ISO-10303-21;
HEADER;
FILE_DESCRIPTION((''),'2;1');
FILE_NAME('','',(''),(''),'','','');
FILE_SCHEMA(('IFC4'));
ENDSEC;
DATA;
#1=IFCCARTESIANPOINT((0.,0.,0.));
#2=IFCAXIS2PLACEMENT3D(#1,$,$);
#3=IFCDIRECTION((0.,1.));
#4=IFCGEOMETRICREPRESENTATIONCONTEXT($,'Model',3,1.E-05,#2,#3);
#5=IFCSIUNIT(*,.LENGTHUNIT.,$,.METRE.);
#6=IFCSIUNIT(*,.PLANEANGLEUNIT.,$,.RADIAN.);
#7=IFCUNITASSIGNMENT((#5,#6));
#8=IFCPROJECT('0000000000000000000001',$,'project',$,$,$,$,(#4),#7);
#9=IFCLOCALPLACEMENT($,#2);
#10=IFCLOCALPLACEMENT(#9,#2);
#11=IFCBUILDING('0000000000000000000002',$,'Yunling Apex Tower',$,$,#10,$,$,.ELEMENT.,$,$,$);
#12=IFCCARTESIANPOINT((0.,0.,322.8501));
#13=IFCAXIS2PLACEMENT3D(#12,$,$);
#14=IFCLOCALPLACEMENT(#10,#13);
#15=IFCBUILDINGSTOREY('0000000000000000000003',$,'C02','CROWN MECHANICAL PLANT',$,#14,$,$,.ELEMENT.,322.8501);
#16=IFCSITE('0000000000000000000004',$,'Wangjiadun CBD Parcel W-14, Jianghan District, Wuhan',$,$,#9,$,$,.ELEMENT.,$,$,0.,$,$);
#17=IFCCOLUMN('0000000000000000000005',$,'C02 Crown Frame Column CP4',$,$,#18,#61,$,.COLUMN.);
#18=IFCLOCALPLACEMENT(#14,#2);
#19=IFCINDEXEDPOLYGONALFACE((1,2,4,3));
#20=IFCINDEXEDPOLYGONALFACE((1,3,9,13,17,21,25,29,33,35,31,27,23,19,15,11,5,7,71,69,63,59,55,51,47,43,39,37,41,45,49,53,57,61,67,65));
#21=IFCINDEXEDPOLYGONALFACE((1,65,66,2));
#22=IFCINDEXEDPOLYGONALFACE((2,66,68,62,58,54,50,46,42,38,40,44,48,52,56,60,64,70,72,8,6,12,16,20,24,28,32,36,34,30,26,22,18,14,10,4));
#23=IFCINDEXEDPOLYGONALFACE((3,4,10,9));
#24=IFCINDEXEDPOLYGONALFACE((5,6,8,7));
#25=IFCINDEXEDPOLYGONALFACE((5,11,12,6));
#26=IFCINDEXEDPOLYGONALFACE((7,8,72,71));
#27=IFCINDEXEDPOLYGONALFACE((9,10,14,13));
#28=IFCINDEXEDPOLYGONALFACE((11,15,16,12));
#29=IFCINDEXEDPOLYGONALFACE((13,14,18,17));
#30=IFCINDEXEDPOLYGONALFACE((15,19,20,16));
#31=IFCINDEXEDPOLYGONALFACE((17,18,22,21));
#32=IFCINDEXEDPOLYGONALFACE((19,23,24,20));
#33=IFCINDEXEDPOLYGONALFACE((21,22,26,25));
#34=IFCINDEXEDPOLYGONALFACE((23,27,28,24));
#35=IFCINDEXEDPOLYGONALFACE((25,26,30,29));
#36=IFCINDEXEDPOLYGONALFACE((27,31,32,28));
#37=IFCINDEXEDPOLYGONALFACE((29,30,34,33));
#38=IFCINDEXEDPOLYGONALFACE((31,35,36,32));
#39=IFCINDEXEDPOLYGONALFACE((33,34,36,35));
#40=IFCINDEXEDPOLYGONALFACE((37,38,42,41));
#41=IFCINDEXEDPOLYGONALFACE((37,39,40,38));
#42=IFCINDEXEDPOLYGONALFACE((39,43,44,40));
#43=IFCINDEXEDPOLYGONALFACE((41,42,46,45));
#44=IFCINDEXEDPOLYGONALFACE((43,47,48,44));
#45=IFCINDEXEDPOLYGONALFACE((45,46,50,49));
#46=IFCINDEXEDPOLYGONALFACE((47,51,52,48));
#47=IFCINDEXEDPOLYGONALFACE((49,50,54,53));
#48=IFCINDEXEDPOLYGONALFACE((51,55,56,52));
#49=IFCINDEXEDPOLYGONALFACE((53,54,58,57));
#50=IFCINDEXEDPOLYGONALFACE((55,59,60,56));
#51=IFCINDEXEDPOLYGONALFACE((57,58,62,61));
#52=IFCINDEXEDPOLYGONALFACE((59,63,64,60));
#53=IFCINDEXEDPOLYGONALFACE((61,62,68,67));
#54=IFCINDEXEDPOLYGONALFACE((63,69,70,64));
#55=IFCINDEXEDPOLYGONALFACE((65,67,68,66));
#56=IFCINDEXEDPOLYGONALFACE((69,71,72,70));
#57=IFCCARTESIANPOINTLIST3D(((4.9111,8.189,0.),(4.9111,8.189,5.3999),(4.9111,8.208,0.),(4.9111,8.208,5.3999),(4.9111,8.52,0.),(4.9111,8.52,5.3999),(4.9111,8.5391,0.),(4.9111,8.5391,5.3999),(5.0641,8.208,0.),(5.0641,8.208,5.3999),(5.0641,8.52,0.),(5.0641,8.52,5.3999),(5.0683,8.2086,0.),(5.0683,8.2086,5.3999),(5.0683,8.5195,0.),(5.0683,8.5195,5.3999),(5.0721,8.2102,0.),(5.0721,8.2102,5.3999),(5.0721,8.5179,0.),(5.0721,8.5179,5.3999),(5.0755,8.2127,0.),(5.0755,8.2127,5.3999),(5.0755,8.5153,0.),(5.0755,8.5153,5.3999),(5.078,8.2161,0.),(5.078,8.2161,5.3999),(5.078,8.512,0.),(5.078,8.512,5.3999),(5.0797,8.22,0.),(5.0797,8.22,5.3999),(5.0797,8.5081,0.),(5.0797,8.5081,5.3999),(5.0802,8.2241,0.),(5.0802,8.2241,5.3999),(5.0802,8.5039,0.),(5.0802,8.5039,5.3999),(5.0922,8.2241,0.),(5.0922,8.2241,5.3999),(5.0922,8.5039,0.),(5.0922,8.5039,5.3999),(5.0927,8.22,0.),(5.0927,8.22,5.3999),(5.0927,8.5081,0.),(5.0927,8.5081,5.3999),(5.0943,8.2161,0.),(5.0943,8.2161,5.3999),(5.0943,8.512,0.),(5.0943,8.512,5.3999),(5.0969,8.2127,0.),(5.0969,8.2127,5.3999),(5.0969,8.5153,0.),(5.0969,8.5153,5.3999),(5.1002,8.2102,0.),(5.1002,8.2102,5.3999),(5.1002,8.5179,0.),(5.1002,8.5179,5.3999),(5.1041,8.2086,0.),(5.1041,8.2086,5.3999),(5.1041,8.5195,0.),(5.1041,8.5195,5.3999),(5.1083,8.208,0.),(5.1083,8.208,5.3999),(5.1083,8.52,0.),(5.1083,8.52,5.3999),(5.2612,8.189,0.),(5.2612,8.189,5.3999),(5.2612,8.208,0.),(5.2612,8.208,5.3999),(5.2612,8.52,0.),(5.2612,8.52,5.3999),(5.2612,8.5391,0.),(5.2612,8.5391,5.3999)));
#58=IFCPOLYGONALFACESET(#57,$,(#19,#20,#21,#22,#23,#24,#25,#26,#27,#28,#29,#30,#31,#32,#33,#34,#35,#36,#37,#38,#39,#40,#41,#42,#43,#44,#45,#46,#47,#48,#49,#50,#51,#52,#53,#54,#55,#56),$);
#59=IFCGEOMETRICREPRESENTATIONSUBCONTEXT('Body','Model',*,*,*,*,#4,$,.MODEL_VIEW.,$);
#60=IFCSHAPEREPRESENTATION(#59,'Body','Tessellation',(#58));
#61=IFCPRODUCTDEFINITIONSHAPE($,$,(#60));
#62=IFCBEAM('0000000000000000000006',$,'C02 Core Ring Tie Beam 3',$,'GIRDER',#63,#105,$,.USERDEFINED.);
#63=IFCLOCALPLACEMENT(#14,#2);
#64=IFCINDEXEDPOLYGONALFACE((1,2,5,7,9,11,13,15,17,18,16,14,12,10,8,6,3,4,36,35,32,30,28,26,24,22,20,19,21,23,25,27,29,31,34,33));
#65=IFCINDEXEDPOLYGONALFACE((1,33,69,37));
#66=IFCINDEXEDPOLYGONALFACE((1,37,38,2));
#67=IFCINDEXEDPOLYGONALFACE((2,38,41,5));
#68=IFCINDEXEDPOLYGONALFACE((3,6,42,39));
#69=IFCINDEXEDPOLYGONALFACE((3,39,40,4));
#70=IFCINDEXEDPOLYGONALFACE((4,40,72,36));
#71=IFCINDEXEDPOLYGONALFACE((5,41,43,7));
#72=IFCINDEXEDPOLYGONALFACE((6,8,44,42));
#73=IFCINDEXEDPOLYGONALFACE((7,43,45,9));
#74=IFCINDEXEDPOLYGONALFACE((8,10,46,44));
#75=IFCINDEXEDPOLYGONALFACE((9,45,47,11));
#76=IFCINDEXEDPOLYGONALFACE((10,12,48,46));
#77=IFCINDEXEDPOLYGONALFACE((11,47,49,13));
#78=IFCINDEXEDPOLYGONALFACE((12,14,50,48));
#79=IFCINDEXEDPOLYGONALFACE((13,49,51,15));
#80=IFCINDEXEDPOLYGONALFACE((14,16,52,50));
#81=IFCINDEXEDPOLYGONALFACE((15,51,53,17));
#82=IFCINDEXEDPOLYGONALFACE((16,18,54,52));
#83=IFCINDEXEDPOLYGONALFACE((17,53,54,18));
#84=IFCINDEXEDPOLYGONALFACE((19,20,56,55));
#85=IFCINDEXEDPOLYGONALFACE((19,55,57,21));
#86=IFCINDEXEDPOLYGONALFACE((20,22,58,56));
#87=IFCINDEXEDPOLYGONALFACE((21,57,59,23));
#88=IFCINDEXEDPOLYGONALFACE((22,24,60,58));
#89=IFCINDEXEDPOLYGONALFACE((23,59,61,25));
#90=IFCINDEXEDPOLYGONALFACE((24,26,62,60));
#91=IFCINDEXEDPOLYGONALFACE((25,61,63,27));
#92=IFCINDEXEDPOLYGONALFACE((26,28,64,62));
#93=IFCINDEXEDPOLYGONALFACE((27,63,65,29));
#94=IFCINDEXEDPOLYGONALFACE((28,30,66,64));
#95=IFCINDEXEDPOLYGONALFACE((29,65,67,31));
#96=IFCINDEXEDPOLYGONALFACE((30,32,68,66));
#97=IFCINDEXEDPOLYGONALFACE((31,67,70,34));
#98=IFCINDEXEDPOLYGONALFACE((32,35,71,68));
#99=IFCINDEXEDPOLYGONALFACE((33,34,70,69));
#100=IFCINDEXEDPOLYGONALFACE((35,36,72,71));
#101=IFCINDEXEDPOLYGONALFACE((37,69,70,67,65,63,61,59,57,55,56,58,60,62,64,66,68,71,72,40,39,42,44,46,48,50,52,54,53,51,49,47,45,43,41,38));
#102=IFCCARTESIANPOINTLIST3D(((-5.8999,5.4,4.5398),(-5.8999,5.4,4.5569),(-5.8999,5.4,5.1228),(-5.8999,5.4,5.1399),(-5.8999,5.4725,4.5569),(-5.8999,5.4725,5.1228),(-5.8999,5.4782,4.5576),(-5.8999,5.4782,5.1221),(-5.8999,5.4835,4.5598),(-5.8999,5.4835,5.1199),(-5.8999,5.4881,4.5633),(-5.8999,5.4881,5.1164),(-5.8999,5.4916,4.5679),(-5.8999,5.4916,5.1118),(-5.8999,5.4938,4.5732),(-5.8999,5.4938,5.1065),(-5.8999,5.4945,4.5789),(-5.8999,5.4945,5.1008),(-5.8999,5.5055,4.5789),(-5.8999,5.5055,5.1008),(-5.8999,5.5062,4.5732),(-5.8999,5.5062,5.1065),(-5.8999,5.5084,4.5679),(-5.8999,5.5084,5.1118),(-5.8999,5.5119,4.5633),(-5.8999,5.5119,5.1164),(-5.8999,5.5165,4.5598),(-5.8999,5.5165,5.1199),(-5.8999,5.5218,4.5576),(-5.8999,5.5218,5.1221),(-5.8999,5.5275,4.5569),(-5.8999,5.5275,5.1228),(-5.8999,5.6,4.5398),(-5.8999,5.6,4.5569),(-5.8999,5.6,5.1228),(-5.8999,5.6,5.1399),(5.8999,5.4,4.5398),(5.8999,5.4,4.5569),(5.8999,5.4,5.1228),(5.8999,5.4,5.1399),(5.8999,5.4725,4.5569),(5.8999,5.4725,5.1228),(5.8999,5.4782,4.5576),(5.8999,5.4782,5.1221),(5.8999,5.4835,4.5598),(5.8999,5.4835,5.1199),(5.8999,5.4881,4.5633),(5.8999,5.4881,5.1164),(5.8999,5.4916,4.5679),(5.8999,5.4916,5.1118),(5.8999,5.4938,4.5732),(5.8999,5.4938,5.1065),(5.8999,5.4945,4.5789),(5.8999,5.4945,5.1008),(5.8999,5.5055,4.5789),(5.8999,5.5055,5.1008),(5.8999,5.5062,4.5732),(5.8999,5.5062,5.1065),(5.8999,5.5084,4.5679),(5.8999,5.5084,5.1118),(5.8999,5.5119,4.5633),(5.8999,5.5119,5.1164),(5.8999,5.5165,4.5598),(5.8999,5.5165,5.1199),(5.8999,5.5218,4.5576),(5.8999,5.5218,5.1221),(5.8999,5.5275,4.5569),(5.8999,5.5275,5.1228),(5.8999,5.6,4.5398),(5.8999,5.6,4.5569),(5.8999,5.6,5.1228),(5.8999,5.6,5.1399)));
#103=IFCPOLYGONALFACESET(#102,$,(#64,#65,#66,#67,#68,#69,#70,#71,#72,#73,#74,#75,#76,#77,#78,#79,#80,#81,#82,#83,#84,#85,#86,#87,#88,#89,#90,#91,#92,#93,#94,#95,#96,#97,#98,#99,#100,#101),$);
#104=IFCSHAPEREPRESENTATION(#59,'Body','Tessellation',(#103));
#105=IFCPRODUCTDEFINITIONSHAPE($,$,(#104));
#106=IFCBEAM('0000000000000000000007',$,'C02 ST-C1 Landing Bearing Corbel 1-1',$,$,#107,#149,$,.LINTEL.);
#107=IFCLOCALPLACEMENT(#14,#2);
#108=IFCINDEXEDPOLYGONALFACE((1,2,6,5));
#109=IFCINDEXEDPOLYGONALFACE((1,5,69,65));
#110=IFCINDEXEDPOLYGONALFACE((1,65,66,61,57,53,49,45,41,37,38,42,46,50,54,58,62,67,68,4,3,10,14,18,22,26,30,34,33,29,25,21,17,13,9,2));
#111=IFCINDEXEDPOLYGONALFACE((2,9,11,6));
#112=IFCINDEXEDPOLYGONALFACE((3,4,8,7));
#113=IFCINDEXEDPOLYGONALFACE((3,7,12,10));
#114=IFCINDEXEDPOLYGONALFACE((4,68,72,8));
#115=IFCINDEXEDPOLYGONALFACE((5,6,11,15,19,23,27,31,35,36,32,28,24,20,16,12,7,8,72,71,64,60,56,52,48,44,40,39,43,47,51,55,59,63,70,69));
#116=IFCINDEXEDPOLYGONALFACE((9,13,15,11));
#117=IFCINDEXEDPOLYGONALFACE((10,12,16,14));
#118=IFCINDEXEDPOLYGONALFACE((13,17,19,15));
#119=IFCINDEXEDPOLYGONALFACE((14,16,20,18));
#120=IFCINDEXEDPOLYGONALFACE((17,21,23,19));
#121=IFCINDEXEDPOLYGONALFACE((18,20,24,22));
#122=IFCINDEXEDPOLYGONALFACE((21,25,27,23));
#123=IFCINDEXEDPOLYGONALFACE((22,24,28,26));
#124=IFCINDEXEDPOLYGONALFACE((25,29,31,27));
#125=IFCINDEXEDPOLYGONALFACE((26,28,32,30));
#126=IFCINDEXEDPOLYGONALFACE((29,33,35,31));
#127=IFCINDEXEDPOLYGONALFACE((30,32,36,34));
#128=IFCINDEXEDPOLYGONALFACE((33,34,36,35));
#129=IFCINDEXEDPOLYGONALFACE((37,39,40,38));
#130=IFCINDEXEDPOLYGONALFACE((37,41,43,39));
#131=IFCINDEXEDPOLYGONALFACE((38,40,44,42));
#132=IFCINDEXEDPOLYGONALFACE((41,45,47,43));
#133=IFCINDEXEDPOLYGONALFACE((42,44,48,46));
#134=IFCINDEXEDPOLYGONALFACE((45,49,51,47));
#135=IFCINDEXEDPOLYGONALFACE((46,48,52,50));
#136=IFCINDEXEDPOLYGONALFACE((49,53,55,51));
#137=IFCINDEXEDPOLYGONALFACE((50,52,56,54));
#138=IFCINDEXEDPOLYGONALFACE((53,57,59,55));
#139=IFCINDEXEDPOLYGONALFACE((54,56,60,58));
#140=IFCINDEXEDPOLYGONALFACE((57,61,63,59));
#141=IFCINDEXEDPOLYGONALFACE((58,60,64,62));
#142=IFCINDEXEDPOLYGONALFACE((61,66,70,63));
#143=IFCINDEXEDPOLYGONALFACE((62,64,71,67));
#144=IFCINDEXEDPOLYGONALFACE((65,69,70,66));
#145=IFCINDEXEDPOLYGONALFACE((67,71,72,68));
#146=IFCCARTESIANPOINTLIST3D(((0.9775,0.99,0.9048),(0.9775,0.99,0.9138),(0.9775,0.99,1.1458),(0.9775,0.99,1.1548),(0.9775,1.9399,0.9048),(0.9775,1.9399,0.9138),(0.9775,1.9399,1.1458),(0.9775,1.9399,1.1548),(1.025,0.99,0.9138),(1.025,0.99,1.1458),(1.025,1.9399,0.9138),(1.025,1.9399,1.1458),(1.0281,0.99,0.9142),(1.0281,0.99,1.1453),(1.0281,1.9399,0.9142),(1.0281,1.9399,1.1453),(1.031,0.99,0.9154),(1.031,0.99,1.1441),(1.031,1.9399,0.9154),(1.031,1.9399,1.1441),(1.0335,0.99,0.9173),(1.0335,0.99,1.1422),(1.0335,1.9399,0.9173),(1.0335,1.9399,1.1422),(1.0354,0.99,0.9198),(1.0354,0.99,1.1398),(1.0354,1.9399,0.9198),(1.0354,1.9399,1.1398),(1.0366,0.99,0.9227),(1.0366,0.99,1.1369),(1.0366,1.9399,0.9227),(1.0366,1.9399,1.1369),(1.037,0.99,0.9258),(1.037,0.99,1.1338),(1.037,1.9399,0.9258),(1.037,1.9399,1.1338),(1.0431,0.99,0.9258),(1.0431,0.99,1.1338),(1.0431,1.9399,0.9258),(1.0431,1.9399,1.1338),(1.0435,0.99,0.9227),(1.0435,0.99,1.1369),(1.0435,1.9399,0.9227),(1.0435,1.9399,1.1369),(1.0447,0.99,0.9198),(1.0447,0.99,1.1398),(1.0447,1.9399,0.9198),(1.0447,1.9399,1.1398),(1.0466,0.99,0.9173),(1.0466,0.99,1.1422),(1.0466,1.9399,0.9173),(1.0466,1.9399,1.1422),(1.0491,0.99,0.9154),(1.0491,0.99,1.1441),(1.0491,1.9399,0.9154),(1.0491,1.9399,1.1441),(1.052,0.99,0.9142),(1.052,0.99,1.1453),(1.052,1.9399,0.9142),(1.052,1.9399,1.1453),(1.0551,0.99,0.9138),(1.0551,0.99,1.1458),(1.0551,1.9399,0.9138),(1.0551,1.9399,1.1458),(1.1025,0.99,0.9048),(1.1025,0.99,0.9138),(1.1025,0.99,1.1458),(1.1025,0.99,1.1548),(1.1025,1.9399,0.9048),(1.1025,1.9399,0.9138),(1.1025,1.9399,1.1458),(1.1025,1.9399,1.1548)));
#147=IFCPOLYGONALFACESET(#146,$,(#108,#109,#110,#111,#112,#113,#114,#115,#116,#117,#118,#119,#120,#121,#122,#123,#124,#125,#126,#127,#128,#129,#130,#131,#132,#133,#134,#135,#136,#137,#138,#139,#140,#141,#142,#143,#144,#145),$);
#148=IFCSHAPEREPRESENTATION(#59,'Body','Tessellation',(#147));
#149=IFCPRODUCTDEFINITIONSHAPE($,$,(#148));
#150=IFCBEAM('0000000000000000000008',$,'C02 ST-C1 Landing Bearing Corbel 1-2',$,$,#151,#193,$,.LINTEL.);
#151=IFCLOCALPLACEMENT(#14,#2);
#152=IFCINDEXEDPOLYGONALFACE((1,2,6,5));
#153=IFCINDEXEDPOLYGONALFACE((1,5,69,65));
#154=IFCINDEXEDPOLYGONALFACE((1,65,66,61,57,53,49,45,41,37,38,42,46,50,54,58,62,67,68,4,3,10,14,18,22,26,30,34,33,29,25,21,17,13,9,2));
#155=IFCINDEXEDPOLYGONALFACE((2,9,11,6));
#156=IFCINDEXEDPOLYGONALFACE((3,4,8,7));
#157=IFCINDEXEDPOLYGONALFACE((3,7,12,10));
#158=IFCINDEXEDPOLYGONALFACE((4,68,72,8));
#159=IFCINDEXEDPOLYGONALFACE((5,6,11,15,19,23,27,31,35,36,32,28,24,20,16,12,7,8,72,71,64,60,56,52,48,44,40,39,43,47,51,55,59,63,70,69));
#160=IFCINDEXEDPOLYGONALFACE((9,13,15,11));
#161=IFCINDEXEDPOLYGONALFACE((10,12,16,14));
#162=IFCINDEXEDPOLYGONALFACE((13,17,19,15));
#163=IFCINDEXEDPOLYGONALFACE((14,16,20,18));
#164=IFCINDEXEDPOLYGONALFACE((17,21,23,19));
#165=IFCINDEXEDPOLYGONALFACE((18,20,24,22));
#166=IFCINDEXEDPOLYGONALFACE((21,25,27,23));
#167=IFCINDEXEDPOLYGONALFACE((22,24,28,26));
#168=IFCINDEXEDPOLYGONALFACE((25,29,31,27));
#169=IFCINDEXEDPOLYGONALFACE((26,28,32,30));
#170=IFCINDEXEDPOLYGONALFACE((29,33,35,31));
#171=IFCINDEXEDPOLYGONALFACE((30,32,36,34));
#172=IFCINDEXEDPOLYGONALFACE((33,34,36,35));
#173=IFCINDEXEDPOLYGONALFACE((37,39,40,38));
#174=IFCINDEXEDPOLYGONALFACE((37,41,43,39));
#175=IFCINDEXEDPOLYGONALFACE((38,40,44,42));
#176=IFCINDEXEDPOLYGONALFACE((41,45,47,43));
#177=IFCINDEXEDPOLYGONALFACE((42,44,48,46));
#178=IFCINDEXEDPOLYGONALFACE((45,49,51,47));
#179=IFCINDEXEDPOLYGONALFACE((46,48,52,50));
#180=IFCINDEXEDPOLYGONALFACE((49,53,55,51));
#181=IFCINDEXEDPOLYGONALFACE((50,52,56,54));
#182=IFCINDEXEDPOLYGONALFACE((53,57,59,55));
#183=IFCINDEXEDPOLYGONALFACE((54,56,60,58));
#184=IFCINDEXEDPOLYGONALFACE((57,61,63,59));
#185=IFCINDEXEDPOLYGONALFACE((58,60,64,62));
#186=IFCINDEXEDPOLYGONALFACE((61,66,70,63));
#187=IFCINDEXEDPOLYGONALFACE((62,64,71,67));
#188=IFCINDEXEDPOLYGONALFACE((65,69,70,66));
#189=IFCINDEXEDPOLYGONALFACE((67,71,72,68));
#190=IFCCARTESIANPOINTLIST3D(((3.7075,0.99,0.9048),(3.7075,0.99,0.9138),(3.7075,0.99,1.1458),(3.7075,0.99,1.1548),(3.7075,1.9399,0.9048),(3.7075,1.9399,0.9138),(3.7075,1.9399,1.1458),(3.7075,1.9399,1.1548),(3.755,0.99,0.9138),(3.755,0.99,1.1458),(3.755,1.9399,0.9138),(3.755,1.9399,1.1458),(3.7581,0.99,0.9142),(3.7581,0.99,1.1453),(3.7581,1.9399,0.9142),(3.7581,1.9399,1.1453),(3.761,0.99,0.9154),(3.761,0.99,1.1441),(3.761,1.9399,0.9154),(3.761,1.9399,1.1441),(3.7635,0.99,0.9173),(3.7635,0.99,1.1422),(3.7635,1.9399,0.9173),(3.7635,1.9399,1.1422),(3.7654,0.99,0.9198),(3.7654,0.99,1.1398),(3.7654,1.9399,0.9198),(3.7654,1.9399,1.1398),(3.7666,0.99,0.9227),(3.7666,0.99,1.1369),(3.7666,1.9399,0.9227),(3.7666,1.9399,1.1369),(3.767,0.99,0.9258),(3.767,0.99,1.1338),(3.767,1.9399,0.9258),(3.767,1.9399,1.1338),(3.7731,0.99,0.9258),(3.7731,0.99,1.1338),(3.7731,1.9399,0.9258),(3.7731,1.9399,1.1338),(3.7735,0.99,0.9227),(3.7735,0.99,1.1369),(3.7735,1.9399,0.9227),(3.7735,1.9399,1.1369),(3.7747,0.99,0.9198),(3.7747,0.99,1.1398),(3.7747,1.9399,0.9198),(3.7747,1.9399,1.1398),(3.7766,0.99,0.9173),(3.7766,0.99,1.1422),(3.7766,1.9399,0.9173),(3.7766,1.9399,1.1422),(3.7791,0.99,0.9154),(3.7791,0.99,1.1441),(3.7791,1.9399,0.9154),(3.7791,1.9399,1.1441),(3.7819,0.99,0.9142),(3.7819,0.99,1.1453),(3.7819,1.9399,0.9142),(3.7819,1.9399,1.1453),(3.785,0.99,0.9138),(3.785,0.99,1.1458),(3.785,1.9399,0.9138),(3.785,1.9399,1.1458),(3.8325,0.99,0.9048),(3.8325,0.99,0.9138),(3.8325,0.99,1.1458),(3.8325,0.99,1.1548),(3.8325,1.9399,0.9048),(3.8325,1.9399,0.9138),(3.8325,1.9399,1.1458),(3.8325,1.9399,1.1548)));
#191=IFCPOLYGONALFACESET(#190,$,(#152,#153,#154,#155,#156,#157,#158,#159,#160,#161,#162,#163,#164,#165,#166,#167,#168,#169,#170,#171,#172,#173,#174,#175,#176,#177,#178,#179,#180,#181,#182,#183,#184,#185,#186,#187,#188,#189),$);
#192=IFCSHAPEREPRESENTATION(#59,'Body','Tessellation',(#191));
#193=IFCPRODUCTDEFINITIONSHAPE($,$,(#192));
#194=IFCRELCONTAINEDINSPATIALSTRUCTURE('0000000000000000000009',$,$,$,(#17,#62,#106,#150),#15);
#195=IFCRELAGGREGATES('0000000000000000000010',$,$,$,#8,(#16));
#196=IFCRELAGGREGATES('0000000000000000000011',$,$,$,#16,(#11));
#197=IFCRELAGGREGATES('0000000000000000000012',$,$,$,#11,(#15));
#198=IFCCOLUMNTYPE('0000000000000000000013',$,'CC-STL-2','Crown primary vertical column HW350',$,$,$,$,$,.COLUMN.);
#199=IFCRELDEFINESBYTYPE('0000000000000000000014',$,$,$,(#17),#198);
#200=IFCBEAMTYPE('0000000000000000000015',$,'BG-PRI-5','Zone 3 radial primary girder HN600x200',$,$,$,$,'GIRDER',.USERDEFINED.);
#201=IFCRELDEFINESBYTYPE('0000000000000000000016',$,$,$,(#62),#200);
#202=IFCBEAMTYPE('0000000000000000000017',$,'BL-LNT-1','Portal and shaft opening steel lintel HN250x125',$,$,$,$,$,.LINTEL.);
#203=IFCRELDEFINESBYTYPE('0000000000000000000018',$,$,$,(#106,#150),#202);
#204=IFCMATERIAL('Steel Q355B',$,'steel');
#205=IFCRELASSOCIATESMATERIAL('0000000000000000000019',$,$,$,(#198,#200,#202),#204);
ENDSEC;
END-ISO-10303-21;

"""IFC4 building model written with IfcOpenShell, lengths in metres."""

from ifc_helpers import new_model, si_unit, direction, frame, origin, origin_2d, place, context, subcontext, project, spatial, i_section, extrude, source, transform, mapped, material, material_profile, profile_set, type_object, element, save


model = new_model("IFC4")

# Units and contexts
model_context = context("Model", 3, precision=1e-05, world=origin(), true_north=direction((0.0, 1.0)))
body_context = subcontext(model_context, "Body", "Model", "MODEL_VIEW")
ifc_project = project(units=[si_unit("LENGTHUNIT", "METRE"), si_unit("PLANEANGLEUNIT", "RADIAN")], contexts=[model_context])

# Site, building, storey
site_placement = place(None, origin())
site = spatial("IfcSite", under=ifc_project, at=site_placement, Name="Wangjiadun CBD Parcel W-14, Jianghan District, Wuhan", CompositionType="ELEMENT", RefElevation=0.0)
building_placement = place(site_placement, origin())
building = spatial("IfcBuilding", under=site, at=building_placement, Name="Yunling Apex Tower", CompositionType="ELEMENT")
storey_placement = place(building_placement, frame((0.0, 0.0, 322.8501)))
storey = spatial("IfcBuildingStorey", under=building, at=storey_placement, Name="C02", Description="CROWN MECHANICAL PLANT", CompositionType="ELEMENT", Elevation=322.8501)

# Column
ifc_material_1 = material(Name="Steel Q355B", Category="steel")
ifc_material_profile_1 = material_profile(ifc_material_1, i_section(OverallWidth=0.3501, OverallDepth=0.3501, WebThickness=0.012, FlangeThickness=0.019, FilletRadius=0.0161, at=origin_2d()))
ifc_profile_set_1 = profile_set([ifc_material_profile_1], Name="Steel Q355B")
column_type = type_object("IfcColumnType", Name="CC-STL-2", Description="Crown primary vertical column HW350", PredefinedType="COLUMN", material=ifc_profile_set_1)
shared_shape_1 = source(origin(), body_context, "Body", "SweptSolid", [
    extrude(i_section(OverallWidth=0.3501, OverallDepth=0.3501, WebThickness=0.012, FlangeThickness=0.019, FilletRadius=0.0161, at=origin_2d()), origin(), (0.0, 0.0, 1.0), 5.3999),
])
column_placement = place(storey_placement, frame((5.0862, 8.364, 0.0), z_axis=(0.0, 0.0, 1.0), x_axis=(1.0, 0.0, 0.0)))
element("IfcColumn", 1, at=column_placement, inside=storey, type_object=column_type, Name="C02 Crown Frame Column CP4", PredefinedType="COLUMN", context=body_context, shape_type="MappedRepresentation", body=[
    mapped(shared_shape_1, transform((0.0, 0.0, 0.0), scale=1.0)),
])

# Beams
ifc_material_profile_2 = material_profile(ifc_material_1, i_section(OverallWidth=0.2, OverallDepth=0.6001, WebThickness=0.011, FlangeThickness=0.0171, FilletRadius=0.022, at=origin_2d()))
ifc_profile_set_2 = profile_set([ifc_material_profile_2], Name="Steel Q355B")
beam_type_1 = type_object("IfcBeamType", Name="BG-PRI-5", Description="Zone 3 radial primary girder HN600x200", ElementType="GIRDER", PredefinedType="USERDEFINED", material=ifc_profile_set_2)
shared_shape_2 = source(origin(), body_context, "Body", "SweptSolid", [
    extrude(i_section(OverallWidth=0.2, OverallDepth=0.6001, WebThickness=0.011, FlangeThickness=0.0171, FilletRadius=0.022, at=origin_2d()), origin(), (0.0, 0.0, 1.0), 11.7998),
])
beam_1_placement = place(storey_placement, frame((5.8999, 5.5, 4.8398), z_axis=(-1.0, 0.0, 0.0), x_axis=(0.0, -1.0, 0.0)))
element("IfcBeam", 2, at=beam_1_placement, inside=storey, type_object=beam_type_1, Name="C02 Core Ring Tie Beam 3", ObjectType="GIRDER", PredefinedType="USERDEFINED", context=body_context, shape_type="MappedRepresentation", body=[
    mapped(shared_shape_2, transform((0.0, 0.0, 0.0), scale=1.0)),
])
ifc_material_profile_3 = material_profile(ifc_material_1, i_section(OverallWidth=0.125, OverallDepth=0.25, WebThickness=0.0061, FlangeThickness=0.009, FilletRadius=0.012, at=origin_2d()))
ifc_profile_set_3 = profile_set([ifc_material_profile_3], Name="Steel Q355B")
beam_type_2 = type_object("IfcBeamType", Name="BL-LNT-1", Description="Portal and shaft opening steel lintel HN250x125", PredefinedType="LINTEL", material=ifc_profile_set_3)
shared_shape_3 = source(origin(), body_context, "Body", "SweptSolid", [
    extrude(i_section(OverallWidth=0.125, OverallDepth=0.25, WebThickness=0.0061, FlangeThickness=0.009, FilletRadius=0.012, at=origin_2d()), origin(), (0.0, 0.0, 1.0), 0.95),
])
for number, where, z_axis, x_axis, name in (
    (3, (1.04, 1.9399, 1.0298), (0.0, -1.0, 0.0), (1.0, 0.0, 0.0), "C02 ST-C1 Landing Bearing Corbel 1-1"),
    (4, (3.77, 1.9399, 1.0298), (0.0, -1.0, 0.0), (1.0, 0.0, 0.0), "C02 ST-C1 Landing Bearing Corbel 1-2"),
):
    element("IfcBeam", number, at=place(storey_placement, frame(where, z_axis=z_axis, x_axis=x_axis)), inside=storey, type_object=beam_type_2, Name=name, PredefinedType="LINTEL", context=body_context, shape_type="MappedRepresentation", body=[
        mapped(shared_shape_3, transform((0.0, 0.0, 0.0), scale=1.0)),
    ])

save(model, "model.ifc")
